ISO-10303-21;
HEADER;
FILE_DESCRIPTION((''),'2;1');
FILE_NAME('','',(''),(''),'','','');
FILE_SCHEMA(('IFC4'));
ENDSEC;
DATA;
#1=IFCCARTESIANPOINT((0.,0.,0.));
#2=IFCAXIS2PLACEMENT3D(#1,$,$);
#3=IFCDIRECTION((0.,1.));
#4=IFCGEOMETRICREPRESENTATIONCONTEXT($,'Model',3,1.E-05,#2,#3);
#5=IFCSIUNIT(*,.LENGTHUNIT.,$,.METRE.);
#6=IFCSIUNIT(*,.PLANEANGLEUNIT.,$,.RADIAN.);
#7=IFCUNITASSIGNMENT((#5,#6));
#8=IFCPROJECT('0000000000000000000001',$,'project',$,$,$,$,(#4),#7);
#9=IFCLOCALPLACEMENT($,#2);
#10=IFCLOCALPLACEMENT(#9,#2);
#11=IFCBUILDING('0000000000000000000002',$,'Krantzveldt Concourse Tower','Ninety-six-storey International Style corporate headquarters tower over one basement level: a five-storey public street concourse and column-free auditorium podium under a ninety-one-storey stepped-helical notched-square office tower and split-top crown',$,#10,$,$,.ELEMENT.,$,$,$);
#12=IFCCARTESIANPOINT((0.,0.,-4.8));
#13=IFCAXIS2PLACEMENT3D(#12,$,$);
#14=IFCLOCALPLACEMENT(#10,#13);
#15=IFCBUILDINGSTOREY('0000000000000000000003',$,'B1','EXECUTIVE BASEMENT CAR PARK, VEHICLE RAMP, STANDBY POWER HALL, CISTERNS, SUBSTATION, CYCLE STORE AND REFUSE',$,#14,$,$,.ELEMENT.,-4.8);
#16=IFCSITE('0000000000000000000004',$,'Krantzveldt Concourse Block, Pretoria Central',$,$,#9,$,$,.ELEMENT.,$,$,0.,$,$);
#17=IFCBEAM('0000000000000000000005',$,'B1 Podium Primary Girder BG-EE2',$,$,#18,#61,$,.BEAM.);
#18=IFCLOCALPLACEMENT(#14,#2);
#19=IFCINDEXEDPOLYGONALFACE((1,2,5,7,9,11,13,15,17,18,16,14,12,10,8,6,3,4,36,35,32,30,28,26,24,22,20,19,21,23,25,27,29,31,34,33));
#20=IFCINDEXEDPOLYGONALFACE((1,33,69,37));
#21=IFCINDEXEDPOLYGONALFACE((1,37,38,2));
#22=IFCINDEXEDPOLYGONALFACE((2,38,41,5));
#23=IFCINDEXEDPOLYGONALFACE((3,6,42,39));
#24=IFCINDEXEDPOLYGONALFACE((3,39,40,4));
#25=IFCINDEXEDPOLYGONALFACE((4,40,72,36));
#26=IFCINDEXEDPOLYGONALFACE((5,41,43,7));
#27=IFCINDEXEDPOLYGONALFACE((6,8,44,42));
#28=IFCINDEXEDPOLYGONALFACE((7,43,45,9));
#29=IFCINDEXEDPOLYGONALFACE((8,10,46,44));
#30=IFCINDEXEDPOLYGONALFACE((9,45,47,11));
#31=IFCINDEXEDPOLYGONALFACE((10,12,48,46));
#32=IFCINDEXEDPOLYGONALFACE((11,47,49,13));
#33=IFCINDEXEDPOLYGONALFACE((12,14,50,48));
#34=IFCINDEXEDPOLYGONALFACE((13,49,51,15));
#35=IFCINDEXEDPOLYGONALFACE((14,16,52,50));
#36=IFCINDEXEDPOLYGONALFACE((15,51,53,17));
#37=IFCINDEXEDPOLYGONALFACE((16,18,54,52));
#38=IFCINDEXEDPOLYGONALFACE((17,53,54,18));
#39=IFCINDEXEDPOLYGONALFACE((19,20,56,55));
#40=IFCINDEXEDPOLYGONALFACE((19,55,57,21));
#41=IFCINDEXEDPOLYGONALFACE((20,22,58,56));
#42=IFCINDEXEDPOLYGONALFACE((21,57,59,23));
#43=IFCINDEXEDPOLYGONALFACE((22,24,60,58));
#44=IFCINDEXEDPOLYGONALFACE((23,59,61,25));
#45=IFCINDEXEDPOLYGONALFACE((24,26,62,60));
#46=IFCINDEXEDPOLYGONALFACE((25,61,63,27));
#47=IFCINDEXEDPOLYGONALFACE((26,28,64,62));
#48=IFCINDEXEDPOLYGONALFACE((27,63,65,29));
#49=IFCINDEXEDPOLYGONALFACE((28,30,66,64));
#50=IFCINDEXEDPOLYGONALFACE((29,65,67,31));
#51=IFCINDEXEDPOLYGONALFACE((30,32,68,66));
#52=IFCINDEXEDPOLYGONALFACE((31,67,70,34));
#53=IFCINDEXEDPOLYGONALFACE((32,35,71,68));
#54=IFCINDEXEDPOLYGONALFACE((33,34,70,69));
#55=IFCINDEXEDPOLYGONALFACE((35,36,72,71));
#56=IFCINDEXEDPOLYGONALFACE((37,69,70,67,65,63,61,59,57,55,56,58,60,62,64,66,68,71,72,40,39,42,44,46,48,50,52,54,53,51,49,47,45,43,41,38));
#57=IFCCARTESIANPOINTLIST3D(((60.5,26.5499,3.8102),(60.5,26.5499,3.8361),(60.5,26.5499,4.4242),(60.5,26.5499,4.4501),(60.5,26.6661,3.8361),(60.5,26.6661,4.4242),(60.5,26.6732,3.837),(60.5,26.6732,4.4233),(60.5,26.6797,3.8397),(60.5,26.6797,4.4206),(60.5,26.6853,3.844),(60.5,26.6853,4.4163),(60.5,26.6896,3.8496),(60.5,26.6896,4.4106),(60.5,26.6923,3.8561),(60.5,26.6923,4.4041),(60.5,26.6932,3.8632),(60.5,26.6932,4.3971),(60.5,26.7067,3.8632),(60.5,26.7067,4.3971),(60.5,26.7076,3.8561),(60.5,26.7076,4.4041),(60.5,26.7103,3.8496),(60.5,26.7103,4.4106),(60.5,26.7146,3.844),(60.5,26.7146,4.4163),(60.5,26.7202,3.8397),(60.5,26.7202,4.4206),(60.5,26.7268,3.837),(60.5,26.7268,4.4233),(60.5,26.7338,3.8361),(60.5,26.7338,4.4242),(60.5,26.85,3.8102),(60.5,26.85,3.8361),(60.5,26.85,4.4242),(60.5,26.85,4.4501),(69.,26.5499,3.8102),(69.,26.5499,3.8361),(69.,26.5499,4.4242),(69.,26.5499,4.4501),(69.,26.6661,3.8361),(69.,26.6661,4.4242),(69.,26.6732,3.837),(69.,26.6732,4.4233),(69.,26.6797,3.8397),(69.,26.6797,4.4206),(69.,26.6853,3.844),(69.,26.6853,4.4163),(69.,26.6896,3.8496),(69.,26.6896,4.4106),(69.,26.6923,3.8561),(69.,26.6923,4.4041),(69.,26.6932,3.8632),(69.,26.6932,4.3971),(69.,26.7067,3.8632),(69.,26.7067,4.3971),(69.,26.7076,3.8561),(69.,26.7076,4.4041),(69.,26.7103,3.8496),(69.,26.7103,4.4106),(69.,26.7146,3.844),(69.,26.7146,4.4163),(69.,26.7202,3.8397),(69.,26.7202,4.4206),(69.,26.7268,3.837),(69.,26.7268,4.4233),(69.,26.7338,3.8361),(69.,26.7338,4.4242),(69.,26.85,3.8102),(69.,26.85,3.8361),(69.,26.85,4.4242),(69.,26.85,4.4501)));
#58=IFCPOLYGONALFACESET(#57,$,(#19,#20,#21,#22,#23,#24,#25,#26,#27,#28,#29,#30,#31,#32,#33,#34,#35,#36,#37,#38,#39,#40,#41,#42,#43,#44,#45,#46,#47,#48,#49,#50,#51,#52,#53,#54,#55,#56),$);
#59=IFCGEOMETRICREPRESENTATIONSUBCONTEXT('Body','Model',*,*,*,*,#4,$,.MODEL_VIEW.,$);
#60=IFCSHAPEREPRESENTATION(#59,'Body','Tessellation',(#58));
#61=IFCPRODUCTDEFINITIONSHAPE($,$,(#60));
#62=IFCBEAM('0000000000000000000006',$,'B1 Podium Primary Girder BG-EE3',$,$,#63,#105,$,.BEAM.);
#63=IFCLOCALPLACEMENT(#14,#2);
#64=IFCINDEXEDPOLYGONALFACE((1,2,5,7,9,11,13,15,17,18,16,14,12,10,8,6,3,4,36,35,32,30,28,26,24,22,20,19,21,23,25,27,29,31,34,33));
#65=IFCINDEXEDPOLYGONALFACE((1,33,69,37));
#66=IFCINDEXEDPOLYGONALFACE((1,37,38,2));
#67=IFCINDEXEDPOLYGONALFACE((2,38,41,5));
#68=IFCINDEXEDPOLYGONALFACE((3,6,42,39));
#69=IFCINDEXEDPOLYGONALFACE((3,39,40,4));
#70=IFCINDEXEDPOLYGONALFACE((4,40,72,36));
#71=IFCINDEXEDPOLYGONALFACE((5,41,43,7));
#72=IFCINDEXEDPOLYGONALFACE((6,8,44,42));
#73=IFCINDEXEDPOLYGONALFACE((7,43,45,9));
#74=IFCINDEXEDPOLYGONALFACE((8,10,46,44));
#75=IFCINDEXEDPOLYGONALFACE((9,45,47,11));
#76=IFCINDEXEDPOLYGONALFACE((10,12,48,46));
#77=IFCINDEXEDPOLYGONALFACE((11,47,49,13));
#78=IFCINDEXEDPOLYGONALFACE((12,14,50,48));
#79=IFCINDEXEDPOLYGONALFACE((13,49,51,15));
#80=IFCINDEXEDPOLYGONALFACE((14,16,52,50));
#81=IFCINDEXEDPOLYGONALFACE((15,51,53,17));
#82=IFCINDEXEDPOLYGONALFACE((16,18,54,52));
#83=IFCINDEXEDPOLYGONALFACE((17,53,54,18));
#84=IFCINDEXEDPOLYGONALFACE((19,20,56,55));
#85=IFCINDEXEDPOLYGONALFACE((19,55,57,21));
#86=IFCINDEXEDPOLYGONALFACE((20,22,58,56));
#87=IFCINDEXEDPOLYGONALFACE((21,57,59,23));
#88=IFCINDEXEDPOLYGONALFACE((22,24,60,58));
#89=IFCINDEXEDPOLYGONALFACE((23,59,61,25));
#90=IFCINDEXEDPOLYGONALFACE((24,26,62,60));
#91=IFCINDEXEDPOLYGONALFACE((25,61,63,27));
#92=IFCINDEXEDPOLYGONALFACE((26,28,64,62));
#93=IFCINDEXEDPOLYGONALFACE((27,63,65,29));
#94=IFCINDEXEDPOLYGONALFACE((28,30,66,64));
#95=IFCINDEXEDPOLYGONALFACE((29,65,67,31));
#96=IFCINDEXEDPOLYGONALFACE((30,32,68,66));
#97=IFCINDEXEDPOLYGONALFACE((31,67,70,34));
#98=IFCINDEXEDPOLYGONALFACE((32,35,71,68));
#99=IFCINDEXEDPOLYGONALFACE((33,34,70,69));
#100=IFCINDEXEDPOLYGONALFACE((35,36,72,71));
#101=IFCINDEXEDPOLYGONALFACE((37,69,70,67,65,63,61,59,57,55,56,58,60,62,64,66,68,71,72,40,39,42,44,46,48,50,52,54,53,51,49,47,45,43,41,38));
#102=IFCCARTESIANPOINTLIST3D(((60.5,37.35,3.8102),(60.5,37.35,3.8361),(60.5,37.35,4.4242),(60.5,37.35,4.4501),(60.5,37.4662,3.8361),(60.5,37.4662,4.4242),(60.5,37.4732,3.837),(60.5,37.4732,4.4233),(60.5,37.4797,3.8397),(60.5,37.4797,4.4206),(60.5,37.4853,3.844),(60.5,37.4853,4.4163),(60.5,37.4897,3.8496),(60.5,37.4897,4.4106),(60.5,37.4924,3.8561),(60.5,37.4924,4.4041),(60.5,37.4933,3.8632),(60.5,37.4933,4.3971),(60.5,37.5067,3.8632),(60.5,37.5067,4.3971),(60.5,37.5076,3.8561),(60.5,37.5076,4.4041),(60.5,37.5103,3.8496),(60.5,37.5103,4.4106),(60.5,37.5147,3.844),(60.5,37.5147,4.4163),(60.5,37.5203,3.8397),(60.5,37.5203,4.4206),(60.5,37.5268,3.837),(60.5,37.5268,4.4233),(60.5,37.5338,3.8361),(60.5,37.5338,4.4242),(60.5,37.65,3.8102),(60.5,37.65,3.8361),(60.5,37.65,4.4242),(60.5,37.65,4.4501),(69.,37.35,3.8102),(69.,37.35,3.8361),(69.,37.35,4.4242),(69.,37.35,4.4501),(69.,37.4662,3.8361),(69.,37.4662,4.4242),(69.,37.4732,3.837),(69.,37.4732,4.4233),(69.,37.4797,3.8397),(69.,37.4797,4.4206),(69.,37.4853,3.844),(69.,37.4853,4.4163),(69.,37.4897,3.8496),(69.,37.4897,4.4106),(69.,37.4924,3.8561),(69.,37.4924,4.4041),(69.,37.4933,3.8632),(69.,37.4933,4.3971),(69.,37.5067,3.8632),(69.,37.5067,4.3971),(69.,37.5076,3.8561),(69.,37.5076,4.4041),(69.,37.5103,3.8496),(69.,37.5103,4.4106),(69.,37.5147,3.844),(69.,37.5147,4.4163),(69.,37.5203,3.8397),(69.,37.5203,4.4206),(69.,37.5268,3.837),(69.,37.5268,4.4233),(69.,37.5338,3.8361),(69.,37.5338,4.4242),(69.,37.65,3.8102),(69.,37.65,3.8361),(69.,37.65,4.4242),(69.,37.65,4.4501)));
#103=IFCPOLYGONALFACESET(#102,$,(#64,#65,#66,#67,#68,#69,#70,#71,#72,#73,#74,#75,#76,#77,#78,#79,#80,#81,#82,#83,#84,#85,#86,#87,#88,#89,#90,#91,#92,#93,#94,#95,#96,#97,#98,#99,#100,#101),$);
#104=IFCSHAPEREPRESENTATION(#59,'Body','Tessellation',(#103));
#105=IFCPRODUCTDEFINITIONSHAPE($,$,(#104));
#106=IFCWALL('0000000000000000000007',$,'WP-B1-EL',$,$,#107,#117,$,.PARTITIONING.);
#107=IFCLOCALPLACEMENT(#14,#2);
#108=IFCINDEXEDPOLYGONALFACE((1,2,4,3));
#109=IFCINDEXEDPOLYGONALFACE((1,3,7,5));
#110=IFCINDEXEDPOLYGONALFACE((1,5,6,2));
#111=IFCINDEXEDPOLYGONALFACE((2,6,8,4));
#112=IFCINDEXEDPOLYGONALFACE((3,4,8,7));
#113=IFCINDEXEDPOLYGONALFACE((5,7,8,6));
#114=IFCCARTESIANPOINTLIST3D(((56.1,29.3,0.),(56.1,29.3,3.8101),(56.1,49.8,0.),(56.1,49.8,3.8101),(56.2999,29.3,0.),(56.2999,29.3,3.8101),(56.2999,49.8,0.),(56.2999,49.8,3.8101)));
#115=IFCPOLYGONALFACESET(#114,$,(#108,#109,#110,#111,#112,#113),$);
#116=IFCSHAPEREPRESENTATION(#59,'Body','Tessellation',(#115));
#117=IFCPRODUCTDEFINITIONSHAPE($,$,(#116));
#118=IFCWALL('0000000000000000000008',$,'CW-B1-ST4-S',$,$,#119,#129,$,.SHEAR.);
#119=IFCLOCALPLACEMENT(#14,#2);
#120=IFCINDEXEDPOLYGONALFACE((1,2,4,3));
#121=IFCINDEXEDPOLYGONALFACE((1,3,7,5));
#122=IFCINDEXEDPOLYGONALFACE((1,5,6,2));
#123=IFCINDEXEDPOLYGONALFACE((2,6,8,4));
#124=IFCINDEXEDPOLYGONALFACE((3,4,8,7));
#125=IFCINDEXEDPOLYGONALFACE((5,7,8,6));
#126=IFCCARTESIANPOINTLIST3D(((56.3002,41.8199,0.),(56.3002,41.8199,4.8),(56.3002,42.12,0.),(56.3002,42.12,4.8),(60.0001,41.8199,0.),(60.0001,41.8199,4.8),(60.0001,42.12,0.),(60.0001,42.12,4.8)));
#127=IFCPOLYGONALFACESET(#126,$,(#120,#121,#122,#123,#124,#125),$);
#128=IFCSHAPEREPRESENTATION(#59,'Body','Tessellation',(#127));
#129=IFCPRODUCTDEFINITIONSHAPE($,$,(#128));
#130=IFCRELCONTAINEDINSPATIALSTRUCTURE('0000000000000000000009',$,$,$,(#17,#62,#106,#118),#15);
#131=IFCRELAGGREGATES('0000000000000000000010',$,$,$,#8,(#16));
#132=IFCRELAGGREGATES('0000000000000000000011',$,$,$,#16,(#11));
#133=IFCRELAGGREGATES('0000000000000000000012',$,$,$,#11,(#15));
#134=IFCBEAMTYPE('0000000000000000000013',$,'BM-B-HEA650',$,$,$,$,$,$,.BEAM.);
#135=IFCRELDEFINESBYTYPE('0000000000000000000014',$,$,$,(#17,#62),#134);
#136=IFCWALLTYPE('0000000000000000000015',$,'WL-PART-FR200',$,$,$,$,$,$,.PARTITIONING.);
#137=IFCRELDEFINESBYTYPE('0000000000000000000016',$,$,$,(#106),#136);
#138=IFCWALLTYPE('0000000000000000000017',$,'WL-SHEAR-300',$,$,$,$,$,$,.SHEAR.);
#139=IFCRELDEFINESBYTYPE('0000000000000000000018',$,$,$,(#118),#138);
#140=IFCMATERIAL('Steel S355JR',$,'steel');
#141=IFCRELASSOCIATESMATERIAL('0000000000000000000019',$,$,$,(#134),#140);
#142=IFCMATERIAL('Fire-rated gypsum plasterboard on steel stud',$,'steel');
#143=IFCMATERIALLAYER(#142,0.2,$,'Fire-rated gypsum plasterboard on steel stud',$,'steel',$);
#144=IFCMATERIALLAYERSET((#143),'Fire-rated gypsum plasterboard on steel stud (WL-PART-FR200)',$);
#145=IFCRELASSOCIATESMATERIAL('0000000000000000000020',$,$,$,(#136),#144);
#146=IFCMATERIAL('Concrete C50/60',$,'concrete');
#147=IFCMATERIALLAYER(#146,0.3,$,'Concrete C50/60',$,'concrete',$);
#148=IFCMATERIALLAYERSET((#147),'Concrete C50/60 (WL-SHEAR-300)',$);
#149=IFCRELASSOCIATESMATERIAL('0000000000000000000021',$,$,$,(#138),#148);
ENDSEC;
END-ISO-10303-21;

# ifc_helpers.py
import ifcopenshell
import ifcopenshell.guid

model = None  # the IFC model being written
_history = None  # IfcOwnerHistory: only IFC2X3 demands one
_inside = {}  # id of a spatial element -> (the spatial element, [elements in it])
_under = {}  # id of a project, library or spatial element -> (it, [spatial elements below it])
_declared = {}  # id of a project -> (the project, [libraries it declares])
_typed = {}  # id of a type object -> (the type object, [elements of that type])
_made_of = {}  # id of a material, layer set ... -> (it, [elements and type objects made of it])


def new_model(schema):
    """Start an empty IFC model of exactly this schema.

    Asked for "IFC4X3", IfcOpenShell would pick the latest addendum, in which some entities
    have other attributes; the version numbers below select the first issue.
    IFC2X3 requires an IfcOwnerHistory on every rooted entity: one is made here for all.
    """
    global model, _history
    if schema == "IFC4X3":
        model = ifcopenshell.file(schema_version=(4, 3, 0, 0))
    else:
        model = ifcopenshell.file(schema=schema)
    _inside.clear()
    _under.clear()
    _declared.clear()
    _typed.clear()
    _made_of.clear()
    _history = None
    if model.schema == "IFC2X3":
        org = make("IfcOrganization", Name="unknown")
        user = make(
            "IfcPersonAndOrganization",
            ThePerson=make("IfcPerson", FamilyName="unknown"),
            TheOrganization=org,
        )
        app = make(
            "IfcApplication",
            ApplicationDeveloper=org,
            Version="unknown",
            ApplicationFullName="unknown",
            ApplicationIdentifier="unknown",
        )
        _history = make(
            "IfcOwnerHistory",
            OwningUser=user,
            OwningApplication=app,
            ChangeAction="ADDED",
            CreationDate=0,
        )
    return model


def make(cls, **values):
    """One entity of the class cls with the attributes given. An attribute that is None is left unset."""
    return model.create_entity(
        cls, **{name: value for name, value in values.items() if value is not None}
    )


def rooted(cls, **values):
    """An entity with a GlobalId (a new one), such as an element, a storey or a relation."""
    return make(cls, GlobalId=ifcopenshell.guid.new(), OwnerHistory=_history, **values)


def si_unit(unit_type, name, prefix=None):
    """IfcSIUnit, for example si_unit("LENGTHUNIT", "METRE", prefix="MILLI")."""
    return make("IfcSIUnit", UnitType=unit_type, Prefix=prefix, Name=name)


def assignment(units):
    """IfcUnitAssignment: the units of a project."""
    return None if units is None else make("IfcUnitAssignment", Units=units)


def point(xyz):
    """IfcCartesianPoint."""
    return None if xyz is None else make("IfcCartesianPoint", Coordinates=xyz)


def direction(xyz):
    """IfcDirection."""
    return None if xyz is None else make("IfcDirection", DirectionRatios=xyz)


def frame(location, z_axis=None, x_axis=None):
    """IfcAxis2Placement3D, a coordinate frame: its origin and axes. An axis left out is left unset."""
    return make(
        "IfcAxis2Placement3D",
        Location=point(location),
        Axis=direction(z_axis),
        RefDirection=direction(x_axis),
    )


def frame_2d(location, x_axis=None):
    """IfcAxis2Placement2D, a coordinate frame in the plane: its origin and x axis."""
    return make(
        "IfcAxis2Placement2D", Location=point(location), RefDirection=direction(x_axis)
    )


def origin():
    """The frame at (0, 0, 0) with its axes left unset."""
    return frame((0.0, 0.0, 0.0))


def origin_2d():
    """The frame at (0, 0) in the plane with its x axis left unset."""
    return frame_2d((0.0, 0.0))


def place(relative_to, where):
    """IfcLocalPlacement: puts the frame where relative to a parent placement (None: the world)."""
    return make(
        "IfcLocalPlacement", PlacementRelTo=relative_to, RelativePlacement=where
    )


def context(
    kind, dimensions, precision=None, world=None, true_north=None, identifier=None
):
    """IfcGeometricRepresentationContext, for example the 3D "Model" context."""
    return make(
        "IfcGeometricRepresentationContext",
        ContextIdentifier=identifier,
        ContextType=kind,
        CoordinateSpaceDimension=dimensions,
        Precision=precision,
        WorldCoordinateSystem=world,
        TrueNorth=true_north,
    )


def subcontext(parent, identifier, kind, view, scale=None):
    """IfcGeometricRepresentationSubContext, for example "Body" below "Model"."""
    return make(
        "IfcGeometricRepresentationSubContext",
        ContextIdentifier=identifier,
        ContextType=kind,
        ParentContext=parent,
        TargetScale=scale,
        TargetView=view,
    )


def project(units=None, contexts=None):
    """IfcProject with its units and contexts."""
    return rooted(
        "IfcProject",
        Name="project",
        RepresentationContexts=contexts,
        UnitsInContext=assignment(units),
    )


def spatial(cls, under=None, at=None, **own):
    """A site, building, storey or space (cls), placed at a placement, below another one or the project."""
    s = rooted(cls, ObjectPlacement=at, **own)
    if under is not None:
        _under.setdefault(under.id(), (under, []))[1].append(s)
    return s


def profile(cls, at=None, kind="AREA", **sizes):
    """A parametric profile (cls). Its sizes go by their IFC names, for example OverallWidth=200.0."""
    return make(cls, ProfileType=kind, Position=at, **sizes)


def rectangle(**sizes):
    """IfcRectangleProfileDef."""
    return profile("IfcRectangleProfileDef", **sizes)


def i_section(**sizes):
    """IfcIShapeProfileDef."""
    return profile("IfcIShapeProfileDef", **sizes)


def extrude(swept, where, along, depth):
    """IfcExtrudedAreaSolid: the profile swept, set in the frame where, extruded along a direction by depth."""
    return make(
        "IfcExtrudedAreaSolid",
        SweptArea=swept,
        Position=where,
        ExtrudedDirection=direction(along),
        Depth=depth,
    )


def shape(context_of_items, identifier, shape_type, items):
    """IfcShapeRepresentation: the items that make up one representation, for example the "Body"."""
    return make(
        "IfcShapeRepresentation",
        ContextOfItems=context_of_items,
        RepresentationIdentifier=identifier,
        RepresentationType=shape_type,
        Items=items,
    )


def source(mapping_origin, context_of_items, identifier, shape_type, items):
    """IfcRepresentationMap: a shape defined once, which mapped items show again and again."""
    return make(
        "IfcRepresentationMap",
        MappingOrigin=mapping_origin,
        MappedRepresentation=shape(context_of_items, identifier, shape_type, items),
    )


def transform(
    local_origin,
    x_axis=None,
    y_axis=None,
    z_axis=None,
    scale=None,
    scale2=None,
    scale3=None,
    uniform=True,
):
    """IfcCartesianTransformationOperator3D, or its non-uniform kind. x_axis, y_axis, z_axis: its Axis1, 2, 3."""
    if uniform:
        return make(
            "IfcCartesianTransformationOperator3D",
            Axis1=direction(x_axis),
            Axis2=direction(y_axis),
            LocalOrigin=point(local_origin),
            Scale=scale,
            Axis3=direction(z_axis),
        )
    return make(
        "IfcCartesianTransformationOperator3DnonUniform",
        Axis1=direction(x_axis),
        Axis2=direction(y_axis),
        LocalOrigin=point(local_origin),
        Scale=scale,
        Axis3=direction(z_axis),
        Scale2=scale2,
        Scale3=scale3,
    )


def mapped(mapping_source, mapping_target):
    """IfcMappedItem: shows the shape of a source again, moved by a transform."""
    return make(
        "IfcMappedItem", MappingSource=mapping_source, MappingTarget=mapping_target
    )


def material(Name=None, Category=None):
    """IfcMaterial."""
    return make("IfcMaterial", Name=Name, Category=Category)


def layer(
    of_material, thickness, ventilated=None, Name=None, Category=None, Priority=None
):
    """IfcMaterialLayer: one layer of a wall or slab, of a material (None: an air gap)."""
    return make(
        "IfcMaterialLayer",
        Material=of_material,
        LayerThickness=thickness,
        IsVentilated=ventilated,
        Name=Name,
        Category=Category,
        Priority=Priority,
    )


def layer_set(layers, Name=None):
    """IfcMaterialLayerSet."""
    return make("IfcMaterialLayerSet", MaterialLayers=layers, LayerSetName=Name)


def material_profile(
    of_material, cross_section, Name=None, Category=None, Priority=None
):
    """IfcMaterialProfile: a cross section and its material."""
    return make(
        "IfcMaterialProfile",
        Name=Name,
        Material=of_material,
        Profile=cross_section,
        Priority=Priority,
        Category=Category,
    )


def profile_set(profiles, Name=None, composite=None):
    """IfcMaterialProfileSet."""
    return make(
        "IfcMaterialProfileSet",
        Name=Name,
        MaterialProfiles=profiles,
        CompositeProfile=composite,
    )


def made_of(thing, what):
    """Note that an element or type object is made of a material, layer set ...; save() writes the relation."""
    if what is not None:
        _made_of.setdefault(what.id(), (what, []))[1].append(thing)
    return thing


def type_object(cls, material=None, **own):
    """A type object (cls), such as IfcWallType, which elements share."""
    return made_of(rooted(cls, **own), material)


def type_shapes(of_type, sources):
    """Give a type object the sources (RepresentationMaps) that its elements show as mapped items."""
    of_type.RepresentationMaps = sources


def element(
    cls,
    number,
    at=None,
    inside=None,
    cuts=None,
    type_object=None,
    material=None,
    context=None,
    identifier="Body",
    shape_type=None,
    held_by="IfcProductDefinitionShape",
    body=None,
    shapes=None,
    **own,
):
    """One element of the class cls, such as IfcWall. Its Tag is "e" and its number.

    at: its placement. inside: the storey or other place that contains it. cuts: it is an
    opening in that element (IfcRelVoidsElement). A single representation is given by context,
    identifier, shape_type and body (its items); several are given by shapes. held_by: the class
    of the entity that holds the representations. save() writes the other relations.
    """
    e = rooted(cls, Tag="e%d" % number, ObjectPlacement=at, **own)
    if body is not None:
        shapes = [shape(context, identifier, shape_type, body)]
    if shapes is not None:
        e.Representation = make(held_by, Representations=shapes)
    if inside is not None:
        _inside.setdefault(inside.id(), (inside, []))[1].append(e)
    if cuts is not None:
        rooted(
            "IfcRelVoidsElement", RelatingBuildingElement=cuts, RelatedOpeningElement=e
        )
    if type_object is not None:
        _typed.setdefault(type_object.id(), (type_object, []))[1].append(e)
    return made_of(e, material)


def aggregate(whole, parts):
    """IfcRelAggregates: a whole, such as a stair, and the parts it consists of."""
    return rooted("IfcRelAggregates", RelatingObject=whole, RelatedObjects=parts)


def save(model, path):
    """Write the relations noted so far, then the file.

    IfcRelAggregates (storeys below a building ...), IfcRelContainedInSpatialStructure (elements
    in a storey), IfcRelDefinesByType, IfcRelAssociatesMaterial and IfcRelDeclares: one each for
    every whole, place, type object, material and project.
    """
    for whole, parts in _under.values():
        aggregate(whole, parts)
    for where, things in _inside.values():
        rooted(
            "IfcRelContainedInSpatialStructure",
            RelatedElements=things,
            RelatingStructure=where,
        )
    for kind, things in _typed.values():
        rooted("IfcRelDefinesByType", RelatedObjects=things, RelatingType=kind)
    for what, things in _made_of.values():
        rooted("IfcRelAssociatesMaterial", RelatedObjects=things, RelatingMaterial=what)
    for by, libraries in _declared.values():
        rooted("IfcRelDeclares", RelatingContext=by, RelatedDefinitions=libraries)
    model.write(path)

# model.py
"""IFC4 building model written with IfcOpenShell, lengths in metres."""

from ifc_helpers import new_model, si_unit, direction, frame, frame_2d, origin, origin_2d, place, context, subcontext, project, spatial, rectangle, i_section, extrude, source, transform, mapped, material, layer, layer_set, material_profile, profile_set, type_object, type_shapes, element, save


model = new_model("IFC4")

# Units and contexts
model_context = context("Model", 3, precision=1e-05, world=origin(), true_north=direction((0.0, 1.0)))
body_context = subcontext(model_context, "Body", "Model", "MODEL_VIEW")
ifc_project = project(units=[si_unit("LENGTHUNIT", "METRE"), si_unit("PLANEANGLEUNIT", "RADIAN")], contexts=[model_context])

# Site, building, storey
site_placement = place(None, origin())
site = spatial("IfcSite", under=ifc_project, at=site_placement, Name="Krantzveldt Concourse Block, Pretoria Central", CompositionType="ELEMENT", RefElevation=0.0)
building_placement = place(site_placement, origin())
building = spatial("IfcBuilding", under=site, at=building_placement, Name="Krantzveldt Concourse Tower", Description="Ninety-six-storey International Style corporate headquarters tower over one basement level: a five-storey public street concourse and column-free auditorium podium under a ninety-one-storey stepped-helical notched-square office tower and split-top crown", CompositionType="ELEMENT")
storey_placement = place(building_placement, frame((0.0, 0.0, -4.8)))
storey = spatial("IfcBuildingStorey", under=building, at=storey_placement, Name="B1", Description="EXECUTIVE BASEMENT CAR PARK, VEHICLE RAMP, STANDBY POWER HALL, CISTERNS, SUBSTATION, CYCLE STORE AND REFUSE", CompositionType="ELEMENT", Elevation=-4.8)

# Shared definitions
ifc_material_1 = material(Name="Concrete C50/60", Category="concrete")

# Beams
ifc_material_2 = material(Name="Steel S355JR", Category="steel")
ifc_material_profile_1 = material_profile(ifc_material_2, i_section(OverallWidth=0.3, OverallDepth=0.6399, WebThickness=0.0134, FlangeThickness=0.0259, FilletRadius=0.0271, at=origin_2d()), Name="Steel S355JR", Category="steel")
ifc_profile_set_1 = profile_set([ifc_material_profile_1], Name="Steel S355JR - HEA 650")
beam_type_1 = type_object("IfcBeamType", Name="BM-B-HEA650", PredefinedType="BEAM", material=ifc_profile_set_1)
shared_shape_1 = source(origin(), body_context, "Body", "SweptSolid", [
    extrude(i_section(OverallWidth=0.3, OverallDepth=0.6399, WebThickness=0.0134, FlangeThickness=0.0259, FilletRadius=0.0271, at=origin_2d()), origin(), (0.0, 0.0, 1.0), 8.5),
])
type_shapes(beam_type_1, [shared_shape_1])
for number, where, z_axis, x_axis, name in (
    (1, (60.5, 26.7, 4.1301), (1.0, 0.0, 0.0), (0.0, 1.0, 0.0), "B1 Podium Primary Girder BG-EE2"),
    (2, (60.5, 37.5, 4.1301), (1.0, 0.0, 0.0), (0.0, 1.0, 0.0), "B1 Podium Primary Girder BG-EE3"),
):
    element("IfcBeam", number, at=place(storey_placement, frame(where, z_axis=z_axis, x_axis=x_axis)), inside=storey, type_object=beam_type_1, Name=name, PredefinedType="BEAM", context=body_context, shape_type="MappedRepresentation", body=[
        mapped(shared_shape_1, transform((0.0, 0.0, 0.0), x_axis=(1.0, 0.0, 0.0), y_axis=(0.0, 1.0, 0.0), z_axis=(0.0, 0.0, 1.0), scale=1.0)),
    ])

# Walls
ifc_material_3 = material(Name="Fire-rated gypsum plasterboard on steel stud", Category="steel")
ifc_layer_1 = layer(ifc_material_3, 0.2, Name="Fire-rated gypsum plasterboard on steel stud", Category="steel")
ifc_layer_set_1 = layer_set([ifc_layer_1], Name="Fire-rated gypsum plasterboard on steel stud (WL-PART-FR200)")
wall_type_1 = type_object("IfcWallType", Name="WL-PART-FR200", PredefinedType="PARTITIONING", material=ifc_layer_set_1)
wall_1_placement = place(storey_placement, frame((56.2, 29.3, 0.0), z_axis=(0.0, 0.0, 1.0), x_axis=(0.0, 1.0, 0.0)))
element("IfcWall", 3, at=wall_1_placement, inside=storey, type_object=wall_type_1, Name="WP-B1-EL", PredefinedType="PARTITIONING", context=body_context, shape_type="SweptSolid", body=[
    extrude(rectangle(XDim=20.5, YDim=0.2, at=frame_2d((10.25, 0.0))), origin(), (0.0, 0.0, 1.0), 3.8101),
])
ifc_layer_2 = layer(ifc_material_1, 0.3, Name="Concrete C50/60", Category="concrete")
ifc_layer_set_2 = layer_set([ifc_layer_2], Name="Concrete C50/60 (WL-SHEAR-300)")
wall_type_2 = type_object("IfcWallType", Name="WL-SHEAR-300", PredefinedType="SHEAR", material=ifc_layer_set_2)
wall_2_placement = place(storey_placement, frame((56.3, 41.97, 0.0), z_axis=(0.0, 0.0, 1.0), x_axis=(1.0, 0.0, 0.0)))
element("IfcWall", 4, at=wall_2_placement, inside=storey, type_object=wall_type_2, Name="CW-B1-ST4-S", PredefinedType="SHEAR", context=body_context, shape_type="SweptSolid", body=[
    extrude(rectangle(XDim=3.7, YDim=0.3, at=frame_2d((1.8501, 0.0))), origin(), (0.0, 0.0, 1.0), 4.8),
])

save(model, "model.ifc")
